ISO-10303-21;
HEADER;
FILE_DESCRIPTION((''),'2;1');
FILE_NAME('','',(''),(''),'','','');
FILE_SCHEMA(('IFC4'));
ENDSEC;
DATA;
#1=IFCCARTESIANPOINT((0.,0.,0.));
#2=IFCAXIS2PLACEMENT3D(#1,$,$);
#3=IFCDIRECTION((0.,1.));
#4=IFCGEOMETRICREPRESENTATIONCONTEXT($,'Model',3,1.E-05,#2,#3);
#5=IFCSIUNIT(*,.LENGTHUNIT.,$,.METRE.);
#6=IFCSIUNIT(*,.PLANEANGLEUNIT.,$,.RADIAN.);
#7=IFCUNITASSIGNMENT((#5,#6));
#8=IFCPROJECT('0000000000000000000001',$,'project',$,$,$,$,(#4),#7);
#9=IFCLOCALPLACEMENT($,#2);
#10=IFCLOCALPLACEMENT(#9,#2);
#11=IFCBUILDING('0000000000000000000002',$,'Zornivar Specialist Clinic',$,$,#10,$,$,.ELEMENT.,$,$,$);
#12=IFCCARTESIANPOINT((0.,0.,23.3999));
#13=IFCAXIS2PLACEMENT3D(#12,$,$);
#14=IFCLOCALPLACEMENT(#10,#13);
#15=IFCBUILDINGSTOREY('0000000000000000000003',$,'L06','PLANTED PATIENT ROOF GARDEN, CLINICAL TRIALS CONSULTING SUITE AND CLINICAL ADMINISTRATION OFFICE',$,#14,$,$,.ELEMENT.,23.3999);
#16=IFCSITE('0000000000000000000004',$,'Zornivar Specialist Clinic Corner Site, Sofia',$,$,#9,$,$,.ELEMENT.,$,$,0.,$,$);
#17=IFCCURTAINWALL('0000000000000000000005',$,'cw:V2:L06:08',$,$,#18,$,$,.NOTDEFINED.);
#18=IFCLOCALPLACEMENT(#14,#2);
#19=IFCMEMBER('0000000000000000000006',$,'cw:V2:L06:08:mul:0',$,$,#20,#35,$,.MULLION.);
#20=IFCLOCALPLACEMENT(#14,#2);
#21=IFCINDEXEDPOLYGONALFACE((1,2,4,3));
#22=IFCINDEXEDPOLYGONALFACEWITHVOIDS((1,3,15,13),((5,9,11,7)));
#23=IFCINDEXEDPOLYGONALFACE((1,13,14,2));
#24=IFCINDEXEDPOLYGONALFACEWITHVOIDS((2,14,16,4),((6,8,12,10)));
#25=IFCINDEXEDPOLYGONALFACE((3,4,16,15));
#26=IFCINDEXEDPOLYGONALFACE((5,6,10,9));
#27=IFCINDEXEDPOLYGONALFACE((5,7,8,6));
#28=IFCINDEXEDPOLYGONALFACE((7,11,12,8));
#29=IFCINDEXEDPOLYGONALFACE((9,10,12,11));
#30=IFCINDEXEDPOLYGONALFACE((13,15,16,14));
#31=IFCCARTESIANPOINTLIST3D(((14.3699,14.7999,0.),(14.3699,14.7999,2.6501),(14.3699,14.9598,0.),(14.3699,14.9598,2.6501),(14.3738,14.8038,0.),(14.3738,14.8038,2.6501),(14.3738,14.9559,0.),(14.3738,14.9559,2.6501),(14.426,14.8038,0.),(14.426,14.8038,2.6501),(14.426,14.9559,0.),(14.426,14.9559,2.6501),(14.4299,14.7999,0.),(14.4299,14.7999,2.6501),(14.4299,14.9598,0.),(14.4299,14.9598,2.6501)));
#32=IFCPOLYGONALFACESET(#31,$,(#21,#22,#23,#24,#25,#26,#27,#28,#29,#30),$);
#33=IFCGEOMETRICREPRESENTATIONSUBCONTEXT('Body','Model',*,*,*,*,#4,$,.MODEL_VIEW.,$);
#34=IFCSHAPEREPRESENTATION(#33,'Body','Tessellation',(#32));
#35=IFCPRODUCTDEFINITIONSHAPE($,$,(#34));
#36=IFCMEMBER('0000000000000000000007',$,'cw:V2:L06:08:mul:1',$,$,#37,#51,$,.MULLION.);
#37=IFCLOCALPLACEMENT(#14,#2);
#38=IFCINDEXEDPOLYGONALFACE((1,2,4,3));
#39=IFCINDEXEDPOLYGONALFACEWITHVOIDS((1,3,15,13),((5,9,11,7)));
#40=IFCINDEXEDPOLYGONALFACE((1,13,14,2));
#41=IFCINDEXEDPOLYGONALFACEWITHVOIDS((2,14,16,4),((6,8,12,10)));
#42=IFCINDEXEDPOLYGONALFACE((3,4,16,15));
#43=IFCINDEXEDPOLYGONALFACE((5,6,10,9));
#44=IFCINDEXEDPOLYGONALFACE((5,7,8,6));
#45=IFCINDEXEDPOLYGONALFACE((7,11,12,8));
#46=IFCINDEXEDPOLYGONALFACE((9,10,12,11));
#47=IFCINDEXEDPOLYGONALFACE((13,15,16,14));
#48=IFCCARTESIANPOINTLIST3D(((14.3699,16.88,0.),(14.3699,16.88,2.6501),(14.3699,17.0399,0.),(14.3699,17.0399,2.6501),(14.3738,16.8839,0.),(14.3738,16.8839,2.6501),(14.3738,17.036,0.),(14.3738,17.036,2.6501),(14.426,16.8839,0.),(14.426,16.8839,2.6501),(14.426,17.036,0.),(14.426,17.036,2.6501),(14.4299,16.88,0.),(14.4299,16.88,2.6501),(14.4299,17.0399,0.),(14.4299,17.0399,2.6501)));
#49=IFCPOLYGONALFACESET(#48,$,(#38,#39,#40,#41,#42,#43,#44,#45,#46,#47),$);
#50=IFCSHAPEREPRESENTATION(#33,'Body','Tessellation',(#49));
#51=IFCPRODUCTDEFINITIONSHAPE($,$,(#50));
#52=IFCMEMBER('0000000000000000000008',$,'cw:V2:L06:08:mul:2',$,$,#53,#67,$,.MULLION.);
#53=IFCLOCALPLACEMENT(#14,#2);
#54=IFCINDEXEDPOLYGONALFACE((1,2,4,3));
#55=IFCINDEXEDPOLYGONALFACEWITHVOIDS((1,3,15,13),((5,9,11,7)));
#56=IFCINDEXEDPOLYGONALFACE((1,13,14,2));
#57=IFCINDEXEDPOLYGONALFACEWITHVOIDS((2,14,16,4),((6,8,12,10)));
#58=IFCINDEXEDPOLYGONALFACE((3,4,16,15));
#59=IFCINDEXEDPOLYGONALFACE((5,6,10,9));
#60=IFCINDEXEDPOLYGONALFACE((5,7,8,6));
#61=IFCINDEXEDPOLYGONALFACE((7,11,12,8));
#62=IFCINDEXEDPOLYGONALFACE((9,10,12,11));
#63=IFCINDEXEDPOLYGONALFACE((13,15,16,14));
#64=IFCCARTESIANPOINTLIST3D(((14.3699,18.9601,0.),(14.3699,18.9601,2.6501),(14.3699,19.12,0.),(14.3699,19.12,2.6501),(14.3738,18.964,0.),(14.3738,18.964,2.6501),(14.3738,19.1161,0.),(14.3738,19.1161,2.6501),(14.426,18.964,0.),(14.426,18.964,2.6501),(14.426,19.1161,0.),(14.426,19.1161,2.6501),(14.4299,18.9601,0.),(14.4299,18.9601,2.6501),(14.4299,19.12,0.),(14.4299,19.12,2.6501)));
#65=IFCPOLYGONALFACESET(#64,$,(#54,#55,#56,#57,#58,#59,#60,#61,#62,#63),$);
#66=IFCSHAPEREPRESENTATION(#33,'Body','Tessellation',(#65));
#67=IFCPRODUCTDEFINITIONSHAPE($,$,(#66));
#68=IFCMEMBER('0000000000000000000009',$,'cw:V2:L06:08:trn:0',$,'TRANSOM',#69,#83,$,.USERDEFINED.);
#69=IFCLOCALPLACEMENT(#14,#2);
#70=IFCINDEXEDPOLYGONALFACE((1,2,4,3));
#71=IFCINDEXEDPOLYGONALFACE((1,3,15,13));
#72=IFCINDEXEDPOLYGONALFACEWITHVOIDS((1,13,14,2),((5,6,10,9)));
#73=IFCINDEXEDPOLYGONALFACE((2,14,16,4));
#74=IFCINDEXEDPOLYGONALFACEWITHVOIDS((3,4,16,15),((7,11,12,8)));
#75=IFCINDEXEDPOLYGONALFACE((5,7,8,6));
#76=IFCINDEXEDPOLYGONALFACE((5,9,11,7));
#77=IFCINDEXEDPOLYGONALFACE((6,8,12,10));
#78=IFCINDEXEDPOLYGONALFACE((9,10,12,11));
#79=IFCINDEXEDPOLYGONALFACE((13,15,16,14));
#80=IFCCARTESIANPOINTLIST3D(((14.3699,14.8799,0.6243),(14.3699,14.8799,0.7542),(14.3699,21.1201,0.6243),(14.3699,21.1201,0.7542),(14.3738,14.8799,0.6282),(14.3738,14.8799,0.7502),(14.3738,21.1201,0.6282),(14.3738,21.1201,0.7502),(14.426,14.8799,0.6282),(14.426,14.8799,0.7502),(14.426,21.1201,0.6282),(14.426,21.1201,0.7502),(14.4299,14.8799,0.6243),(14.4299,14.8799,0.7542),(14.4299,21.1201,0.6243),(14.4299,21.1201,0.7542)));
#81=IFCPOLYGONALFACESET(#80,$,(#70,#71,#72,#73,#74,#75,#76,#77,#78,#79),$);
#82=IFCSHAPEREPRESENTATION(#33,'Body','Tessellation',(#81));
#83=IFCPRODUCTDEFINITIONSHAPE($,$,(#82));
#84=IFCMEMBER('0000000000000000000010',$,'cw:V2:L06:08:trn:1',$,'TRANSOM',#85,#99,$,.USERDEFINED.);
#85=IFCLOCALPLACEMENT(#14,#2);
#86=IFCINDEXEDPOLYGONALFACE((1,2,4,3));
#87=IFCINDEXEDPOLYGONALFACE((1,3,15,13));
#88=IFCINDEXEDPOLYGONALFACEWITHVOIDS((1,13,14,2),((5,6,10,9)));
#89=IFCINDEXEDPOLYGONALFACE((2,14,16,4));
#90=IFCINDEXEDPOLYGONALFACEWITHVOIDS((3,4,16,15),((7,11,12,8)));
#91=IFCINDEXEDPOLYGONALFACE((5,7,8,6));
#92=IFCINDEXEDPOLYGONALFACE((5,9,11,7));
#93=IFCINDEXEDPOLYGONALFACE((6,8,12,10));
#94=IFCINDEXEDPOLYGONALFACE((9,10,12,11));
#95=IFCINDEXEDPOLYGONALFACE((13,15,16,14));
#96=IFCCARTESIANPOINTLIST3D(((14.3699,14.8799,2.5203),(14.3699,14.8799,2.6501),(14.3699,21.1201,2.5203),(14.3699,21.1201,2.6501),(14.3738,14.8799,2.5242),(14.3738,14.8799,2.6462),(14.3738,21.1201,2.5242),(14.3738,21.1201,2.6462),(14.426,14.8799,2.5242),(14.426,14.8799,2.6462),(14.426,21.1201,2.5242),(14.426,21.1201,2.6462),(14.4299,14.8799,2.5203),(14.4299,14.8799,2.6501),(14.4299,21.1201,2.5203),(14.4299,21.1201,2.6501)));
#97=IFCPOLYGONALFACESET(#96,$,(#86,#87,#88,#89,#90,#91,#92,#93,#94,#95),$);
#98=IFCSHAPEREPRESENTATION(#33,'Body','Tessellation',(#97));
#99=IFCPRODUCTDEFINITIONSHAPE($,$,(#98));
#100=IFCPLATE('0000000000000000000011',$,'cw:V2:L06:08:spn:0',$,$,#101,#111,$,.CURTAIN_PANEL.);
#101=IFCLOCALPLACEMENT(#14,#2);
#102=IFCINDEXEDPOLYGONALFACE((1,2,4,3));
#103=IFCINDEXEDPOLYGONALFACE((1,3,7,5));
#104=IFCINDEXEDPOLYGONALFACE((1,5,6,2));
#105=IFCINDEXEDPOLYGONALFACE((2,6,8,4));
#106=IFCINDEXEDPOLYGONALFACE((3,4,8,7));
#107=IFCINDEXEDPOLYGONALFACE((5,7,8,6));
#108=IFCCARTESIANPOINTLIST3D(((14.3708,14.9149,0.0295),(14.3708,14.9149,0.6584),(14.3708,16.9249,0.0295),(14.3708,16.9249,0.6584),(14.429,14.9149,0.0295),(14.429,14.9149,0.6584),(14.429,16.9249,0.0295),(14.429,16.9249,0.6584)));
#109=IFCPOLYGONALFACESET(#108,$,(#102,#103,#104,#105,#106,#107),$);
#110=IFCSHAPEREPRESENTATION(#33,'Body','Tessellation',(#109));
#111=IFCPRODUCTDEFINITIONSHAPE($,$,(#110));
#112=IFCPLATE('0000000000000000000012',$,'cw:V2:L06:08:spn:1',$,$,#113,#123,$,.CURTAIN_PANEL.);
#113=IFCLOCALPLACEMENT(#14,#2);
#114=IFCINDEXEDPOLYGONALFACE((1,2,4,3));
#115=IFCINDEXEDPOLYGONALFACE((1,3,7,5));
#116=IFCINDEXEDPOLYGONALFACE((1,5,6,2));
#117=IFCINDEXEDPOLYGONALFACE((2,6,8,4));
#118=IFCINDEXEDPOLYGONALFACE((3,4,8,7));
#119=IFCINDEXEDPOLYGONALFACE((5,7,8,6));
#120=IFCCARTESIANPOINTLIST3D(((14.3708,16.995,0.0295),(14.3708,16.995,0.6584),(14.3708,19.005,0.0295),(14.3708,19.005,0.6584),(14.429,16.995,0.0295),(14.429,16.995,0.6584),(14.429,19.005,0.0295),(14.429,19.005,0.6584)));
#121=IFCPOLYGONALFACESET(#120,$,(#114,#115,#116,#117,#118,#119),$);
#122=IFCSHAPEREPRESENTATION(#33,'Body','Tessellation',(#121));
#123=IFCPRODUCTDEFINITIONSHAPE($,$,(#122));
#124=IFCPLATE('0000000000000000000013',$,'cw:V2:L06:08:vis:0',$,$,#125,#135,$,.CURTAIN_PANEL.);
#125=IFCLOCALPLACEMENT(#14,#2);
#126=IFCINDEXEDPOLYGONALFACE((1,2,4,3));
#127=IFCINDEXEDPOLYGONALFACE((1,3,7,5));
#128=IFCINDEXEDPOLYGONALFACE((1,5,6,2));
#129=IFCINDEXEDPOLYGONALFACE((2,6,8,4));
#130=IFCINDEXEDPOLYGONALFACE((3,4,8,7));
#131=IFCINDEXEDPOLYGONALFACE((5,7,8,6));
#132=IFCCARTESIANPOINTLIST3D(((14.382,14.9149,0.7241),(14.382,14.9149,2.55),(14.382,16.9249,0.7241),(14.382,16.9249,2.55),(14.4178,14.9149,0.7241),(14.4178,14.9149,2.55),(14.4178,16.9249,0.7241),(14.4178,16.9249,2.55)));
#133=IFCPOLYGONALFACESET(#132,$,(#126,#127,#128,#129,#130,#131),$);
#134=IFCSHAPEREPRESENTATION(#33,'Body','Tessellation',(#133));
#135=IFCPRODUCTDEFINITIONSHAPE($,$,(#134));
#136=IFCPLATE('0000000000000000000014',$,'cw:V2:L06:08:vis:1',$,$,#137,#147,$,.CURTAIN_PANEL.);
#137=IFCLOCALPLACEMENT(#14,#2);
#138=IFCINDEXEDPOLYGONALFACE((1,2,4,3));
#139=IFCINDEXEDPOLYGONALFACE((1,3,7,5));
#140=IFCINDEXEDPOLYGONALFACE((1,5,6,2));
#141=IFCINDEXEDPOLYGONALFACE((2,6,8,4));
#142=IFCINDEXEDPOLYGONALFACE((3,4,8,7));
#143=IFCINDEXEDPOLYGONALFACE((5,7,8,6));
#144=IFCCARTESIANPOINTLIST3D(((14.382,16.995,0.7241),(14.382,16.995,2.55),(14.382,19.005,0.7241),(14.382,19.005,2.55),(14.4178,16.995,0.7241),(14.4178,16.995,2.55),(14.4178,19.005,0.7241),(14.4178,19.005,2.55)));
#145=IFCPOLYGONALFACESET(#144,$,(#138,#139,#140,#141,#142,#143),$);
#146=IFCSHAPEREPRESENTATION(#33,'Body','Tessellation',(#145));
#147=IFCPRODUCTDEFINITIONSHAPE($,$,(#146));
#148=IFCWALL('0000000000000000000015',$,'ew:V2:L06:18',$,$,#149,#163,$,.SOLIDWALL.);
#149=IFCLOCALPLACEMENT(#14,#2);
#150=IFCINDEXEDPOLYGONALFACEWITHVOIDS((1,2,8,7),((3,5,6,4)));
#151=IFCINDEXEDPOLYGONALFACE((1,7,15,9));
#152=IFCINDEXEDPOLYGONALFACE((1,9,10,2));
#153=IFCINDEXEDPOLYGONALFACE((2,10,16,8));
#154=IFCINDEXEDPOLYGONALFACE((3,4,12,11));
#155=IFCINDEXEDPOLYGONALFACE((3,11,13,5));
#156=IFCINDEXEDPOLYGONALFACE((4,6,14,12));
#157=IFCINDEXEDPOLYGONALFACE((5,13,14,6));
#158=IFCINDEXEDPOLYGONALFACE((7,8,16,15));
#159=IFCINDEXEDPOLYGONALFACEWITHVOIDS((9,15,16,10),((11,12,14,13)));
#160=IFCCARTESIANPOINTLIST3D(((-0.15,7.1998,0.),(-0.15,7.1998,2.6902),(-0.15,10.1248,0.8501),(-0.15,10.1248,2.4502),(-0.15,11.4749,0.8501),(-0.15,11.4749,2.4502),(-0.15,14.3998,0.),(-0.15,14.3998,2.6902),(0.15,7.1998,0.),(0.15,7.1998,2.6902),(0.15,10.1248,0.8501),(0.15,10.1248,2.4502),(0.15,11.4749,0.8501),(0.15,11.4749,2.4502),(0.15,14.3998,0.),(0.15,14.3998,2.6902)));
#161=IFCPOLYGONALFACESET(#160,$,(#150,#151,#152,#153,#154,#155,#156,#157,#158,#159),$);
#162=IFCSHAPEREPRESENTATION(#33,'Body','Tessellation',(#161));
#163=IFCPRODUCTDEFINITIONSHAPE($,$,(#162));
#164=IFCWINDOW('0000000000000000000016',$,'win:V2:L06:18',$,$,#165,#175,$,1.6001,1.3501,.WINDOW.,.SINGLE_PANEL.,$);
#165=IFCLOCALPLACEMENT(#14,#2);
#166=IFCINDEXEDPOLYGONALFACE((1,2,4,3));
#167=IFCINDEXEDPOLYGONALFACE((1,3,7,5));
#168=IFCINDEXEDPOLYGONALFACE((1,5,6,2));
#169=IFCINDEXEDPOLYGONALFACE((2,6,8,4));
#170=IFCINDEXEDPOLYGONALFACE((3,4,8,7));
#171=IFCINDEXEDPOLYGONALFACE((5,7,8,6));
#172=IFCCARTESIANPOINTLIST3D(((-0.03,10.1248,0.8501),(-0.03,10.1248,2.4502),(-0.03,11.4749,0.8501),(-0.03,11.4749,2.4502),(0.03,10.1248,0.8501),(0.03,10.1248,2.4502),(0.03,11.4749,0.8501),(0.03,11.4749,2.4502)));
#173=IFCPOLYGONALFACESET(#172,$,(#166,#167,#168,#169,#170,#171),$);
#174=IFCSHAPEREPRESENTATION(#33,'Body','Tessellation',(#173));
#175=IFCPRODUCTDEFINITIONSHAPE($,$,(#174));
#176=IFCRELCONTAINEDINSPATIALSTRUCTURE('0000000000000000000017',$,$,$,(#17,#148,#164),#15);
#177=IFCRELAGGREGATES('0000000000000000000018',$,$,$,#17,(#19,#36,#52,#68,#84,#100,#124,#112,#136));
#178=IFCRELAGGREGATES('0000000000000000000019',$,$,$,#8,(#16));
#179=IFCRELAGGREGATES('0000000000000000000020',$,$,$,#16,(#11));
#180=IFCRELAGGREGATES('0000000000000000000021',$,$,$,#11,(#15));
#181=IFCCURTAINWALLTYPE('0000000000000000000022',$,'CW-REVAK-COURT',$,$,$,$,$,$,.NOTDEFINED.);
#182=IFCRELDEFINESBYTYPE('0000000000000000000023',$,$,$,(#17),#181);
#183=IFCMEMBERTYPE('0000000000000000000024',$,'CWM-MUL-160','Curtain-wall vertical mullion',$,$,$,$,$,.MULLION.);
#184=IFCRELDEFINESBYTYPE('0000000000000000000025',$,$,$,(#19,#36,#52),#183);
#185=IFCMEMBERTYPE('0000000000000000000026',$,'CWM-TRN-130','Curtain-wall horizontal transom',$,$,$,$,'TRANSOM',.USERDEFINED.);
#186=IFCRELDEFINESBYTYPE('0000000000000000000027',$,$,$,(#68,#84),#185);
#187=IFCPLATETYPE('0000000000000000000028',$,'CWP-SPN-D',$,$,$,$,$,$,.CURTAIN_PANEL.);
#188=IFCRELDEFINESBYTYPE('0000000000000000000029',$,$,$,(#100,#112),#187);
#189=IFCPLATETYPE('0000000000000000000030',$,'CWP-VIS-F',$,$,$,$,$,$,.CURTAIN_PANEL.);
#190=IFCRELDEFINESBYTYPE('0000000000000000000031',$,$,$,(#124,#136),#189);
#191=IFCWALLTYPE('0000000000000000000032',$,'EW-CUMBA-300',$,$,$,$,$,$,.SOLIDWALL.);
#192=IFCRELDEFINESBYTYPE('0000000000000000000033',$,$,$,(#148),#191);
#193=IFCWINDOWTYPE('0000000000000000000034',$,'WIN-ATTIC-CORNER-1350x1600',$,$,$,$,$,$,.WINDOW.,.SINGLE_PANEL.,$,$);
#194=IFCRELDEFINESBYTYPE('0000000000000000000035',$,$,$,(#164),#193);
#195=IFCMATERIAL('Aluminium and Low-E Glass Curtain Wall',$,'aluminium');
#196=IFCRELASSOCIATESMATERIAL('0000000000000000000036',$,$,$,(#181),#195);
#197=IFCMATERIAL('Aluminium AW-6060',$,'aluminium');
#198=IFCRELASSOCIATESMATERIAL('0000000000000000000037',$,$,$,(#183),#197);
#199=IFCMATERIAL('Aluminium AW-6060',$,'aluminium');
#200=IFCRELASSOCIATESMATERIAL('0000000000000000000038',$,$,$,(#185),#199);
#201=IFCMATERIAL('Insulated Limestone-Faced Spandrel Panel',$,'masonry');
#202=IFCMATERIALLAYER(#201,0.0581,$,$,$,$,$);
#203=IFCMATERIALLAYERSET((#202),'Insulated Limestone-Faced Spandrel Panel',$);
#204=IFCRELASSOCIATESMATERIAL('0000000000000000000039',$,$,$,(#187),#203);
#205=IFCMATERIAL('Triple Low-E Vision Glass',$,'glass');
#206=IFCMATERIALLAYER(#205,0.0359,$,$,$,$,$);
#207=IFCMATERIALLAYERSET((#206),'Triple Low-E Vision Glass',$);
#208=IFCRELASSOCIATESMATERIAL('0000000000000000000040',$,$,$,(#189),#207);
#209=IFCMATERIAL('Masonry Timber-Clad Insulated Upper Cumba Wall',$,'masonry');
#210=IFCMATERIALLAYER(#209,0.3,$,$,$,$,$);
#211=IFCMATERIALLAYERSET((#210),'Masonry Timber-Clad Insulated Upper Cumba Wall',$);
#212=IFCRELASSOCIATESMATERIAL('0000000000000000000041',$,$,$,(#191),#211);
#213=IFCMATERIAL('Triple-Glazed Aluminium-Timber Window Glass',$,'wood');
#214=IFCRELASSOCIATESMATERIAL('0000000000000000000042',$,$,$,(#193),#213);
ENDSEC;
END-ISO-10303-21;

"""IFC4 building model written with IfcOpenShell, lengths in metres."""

from ifc_helpers import new_model, si_unit, direction, frame, frame_2d, origin, origin_2d, place, context, subcontext, project, spatial, rectangle, hollow_rectangle, extrude, material, layer, layer_set, material_profile, profile_set, type_object, element, fill, aggregate, save


model = new_model("IFC4")

# Units and contexts
model_context = context("Model", 3, precision=1e-05, world=origin(), true_north=direction((0.0, 1.0)))
body_context = subcontext(model_context, "Body", "Model", "MODEL_VIEW")
ifc_project = project(units=[si_unit("LENGTHUNIT", "METRE"), si_unit("PLANEANGLEUNIT", "RADIAN")], contexts=[model_context])

# Site, building, storey
site_placement = place(None, origin())
site = spatial("IfcSite", under=ifc_project, at=site_placement, Name="Zornivar Specialist Clinic Corner Site, Sofia", CompositionType="ELEMENT", RefElevation=0.0)
building_placement = place(site_placement, origin())
building = spatial("IfcBuilding", under=site, at=building_placement, Name="Zornivar Specialist Clinic", CompositionType="ELEMENT")
storey_placement = place(building_placement, frame((0.0, 0.0, 23.3999)))
storey = spatial("IfcBuildingStorey", under=building, at=storey_placement, Name="L06", Description="PLANTED PATIENT ROOF GARDEN, CLINICAL TRIALS CONSULTING SUITE AND CLINICAL ADMINISTRATION OFFICE", CompositionType="ELEMENT", Elevation=23.3999)

# Curtain wall, members, plates
ifc_material_1 = material(Name="Aluminium and Low-E Glass Curtain Wall", Category="aluminium")
curtain_wall_type = type_object("IfcCurtainWallType", Name="CW-REVAK-COURT", PredefinedType="NOTDEFINED", material=ifc_material_1)
curtain_wall_placement = place(storey_placement, origin())
curtain_wall = element("IfcCurtainWall", 1, at=curtain_wall_placement, inside=storey, type_object=curtain_wall_type, Name="cw:V2:L06:08", PredefinedType="NOTDEFINED")
ifc_material_2 = material(Name="Aluminium AW-6060", Category="aluminium")
ifc_material_profile_1 = material_profile(ifc_material_2, hollow_rectangle(XDim=0.0601, YDim=0.1599, WallThickness=0.0039, at=origin_2d()), Name="ALU 60x160x4")
ifc_profile_set_1 = profile_set([ifc_material_profile_1], Name="Aluminium AW-6060")
member_type_1 = type_object("IfcMemberType", Name="CWM-MUL-160", Description="Curtain-wall vertical mullion", PredefinedType="MULLION", material=ifc_profile_set_1)
member_1_placement = place(storey_placement, frame((14.3999, 14.8799, 0.0), z_axis=(0.0, 0.0, 1.0), x_axis=(1.0, 0.0, 0.0)))
member_1 = element("IfcMember", 2, at=member_1_placement, type_object=member_type_1, Name="cw:V2:L06:08:mul:0", PredefinedType="MULLION", context=body_context, shape_type="SweptSolid", body=[
    extrude(hollow_rectangle(XDim=0.0601, YDim=0.1599, WallThickness=0.0039, at=origin_2d()), origin(), (0.0, 0.0, 1.0), 2.6501),
])
member_2_placement = place(storey_placement, frame((14.3999, 16.96, 0.0), z_axis=(0.0, 0.0, 1.0), x_axis=(1.0, 0.0, 0.0)))
member_2 = element("IfcMember", 3, at=member_2_placement, type_object=member_type_1, Name="cw:V2:L06:08:mul:1", PredefinedType="MULLION", context=body_context, shape_type="SweptSolid", body=[
    extrude(hollow_rectangle(XDim=0.0601, YDim=0.1599, WallThickness=0.0039, at=origin_2d()), origin(), (0.0, 0.0, 1.0), 2.6501),
])
member_3_placement = place(storey_placement, frame((14.3999, 19.04, 0.0), z_axis=(0.0, 0.0, 1.0), x_axis=(1.0, 0.0, 0.0)))
member_3 = element("IfcMember", 4, at=member_3_placement, type_object=member_type_1, Name="cw:V2:L06:08:mul:2", PredefinedType="MULLION", context=body_context, shape_type="SweptSolid", body=[
    extrude(hollow_rectangle(XDim=0.0601, YDim=0.1599, WallThickness=0.0039, at=origin_2d()), origin(), (0.0, 0.0, 1.0), 2.6501),
])
ifc_material_3 = material(Name="Aluminium AW-6060", Category="aluminium")
ifc_material_profile_2 = material_profile(ifc_material_3, hollow_rectangle(XDim=0.0601, YDim=0.1299, WallThickness=0.0039, at=origin_2d()), Name="ALU 60x130x4")
ifc_profile_set_2 = profile_set([ifc_material_profile_2], Name="Aluminium AW-6060")
member_type_2 = type_object("IfcMemberType", Name="CWM-TRN-130", Description="Curtain-wall horizontal transom", ElementType="TRANSOM", PredefinedType="USERDEFINED", material=ifc_profile_set_2)
member_4_placement = place(storey_placement, frame((14.3999, 14.8799, 0.6892), z_axis=(0.0, 1.0, 0.0), x_axis=(-1.0, 0.0, 0.0)))
member_4 = element("IfcMember", 5, at=member_4_placement, type_object=member_type_2, Name="cw:V2:L06:08:trn:0", ObjectType="TRANSOM", PredefinedType="USERDEFINED", context=body_context, shape_type="SweptSolid", body=[
    extrude(hollow_rectangle(XDim=0.0601, YDim=0.1299, WallThickness=0.0039, at=origin_2d()), origin(), (0.0, 0.0, 1.0), 6.2402),
])
member_5_placement = place(storey_placement, frame((14.3999, 14.8799, 2.5852), z_axis=(0.0, 1.0, 0.0), x_axis=(-1.0, 0.0, 0.0)))
member_5 = element("IfcMember", 6, at=member_5_placement, type_object=member_type_2, Name="cw:V2:L06:08:trn:1", ObjectType="TRANSOM", PredefinedType="USERDEFINED", context=body_context, shape_type="SweptSolid", body=[
    extrude(hollow_rectangle(XDim=0.0601, YDim=0.1299, WallThickness=0.0039, at=origin_2d()), origin(), (0.0, 0.0, 1.0), 6.2402),
])
ifc_material_4 = material(Name="Insulated Limestone-Faced Spandrel Panel", Category="masonry")
ifc_layer_1 = layer(ifc_material_4, 0.0581)
ifc_layer_set_1 = layer_set([ifc_layer_1], Name="Insulated Limestone-Faced Spandrel Panel")
plate_type_1 = type_object("IfcPlateType", Name="CWP-SPN-D", PredefinedType="CURTAIN_PANEL", material=ifc_layer_set_1)
plate_1_placement = place(storey_placement, frame((14.3999, 15.9199, 0.0295), z_axis=(0.0, 0.0, 1.0), x_axis=(0.0, 1.0, 0.0)))
plate_1 = element("IfcPlate", 7, at=plate_1_placement, type_object=plate_type_1, Name="cw:V2:L06:08:spn:0", PredefinedType="CURTAIN_PANEL", context=body_context, shape_type="SweptSolid", body=[
    extrude(rectangle(XDim=2.01, YDim=0.0581, at=origin_2d()), origin(), (0.0, 0.0, 1.0), 0.6289),
])
plate_2_placement = place(storey_placement, frame((14.3999, 18.0, 0.0295), z_axis=(0.0, 0.0, 1.0), x_axis=(0.0, 1.0, 0.0)))
plate_2 = element("IfcPlate", 8, at=plate_2_placement, type_object=plate_type_1, Name="cw:V2:L06:08:spn:1", PredefinedType="CURTAIN_PANEL", context=body_context, shape_type="SweptSolid", body=[
    extrude(rectangle(XDim=2.01, YDim=0.0581, at=origin_2d()), origin(), (0.0, 0.0, 1.0), 0.6289),
])
ifc_material_5 = material(Name="Triple Low-E Vision Glass", Category="glass")
ifc_layer_2 = layer(ifc_material_5, 0.0359)
ifc_layer_set_2 = layer_set([ifc_layer_2], Name="Triple Low-E Vision Glass")
plate_type_2 = type_object("IfcPlateType", Name="CWP-VIS-F", PredefinedType="CURTAIN_PANEL", material=ifc_layer_set_2)
plate_3_placement = place(storey_placement, frame((14.3999, 15.9199, 0.7241), z_axis=(0.0, 0.0, 1.0), x_axis=(0.0, 1.0, 0.0)))
plate_3 = element("IfcPlate", 9, at=plate_3_placement, type_object=plate_type_2, Name="cw:V2:L06:08:vis:0", PredefinedType="CURTAIN_PANEL", context=body_context, shape_type="SweptSolid", body=[
    extrude(rectangle(XDim=2.01, YDim=0.0359, at=origin_2d()), origin(), (0.0, 0.0, 1.0), 1.8259),
])
plate_4_placement = place(storey_placement, frame((14.3999, 18.0, 0.7241), z_axis=(0.0, 0.0, 1.0), x_axis=(0.0, 1.0, 0.0)))
plate_4 = element("IfcPlate", 10, at=plate_4_placement, type_object=plate_type_2, Name="cw:V2:L06:08:vis:1", PredefinedType="CURTAIN_PANEL", context=body_context, shape_type="SweptSolid", body=[
    extrude(rectangle(XDim=2.01, YDim=0.0359, at=origin_2d()), origin(), (0.0, 0.0, 1.0), 1.8259),
])
aggregate(curtain_wall, [member_1, member_2, member_3, member_4, member_5, plate_1, plate_3, plate_2, plate_4])

# Wall, opening, window
ifc_material_6 = material(Name="Masonry Timber-Clad Insulated Upper Cumba Wall", Category="masonry")
ifc_layer_3 = layer(ifc_material_6, 0.3)
ifc_layer_set_3 = layer_set([ifc_layer_3], Name="Masonry Timber-Clad Insulated Upper Cumba Wall")
wall_type_1 = type_object("IfcWallType", Name="EW-CUMBA-300", PredefinedType="SOLIDWALL", material=ifc_layer_set_3)
wall_1_placement = place(storey_placement, frame((0.0, 14.3999, 0.0), z_axis=(0.0, 0.0, 1.0), x_axis=(0.0, -1.0, 0.0)))
wall_1 = element("IfcWall", 11, at=wall_1_placement, inside=storey, type_object=wall_type_1, Name="ew:V2:L06:18", PredefinedType="SOLIDWALL", context=body_context, shape_type="SweptSolid", body=[
    extrude(rectangle(XDim=7.2, YDim=0.3, at=frame_2d((3.6001, 0.0))), origin(), (0.0, 0.0, 1.0), 2.6902),
])
opening_1_placement = place(wall_1_placement, frame((2.925, 0.0, 0.8501)))
opening_1 = element("IfcOpeningElement", 12, at=opening_1_placement, cuts=wall_1, PredefinedType="OPENING", context=body_context, shape_type="SweptSolid", body=[
    extrude(rectangle(XDim=1.3501, YDim=1.6001, at=frame_2d((0.675, 0.8))), frame((0.0, 0.1599, 0.0), z_axis=(0.0, -1.0, 0.0), x_axis=(1.0, 0.0, 0.0)), (0.0, 0.0, 1.0), 0.3201),
])
ifc_material_7 = material(Name="Triple-Glazed Aluminium-Timber Window Glass", Category="wood")
window_type = type_object("IfcWindowType", Name="WIN-ATTIC-CORNER-1350x1600", PartitioningType="SINGLE_PANEL", PredefinedType="WINDOW", material=ifc_material_7)
window_placement = place(opening_1_placement, origin())
window = element("IfcWindow", 13, at=window_placement, inside=storey, type_object=window_type, Name="win:V2:L06:18", OverallHeight=1.6001, OverallWidth=1.3501, PartitioningType="SINGLE_PANEL", PredefinedType="WINDOW", context=body_context, shape_type="SweptSolid", body=[
    extrude(rectangle(XDim=1.3501, YDim=1.6001, at=frame_2d((0.675, 0.8))), frame((0.0, 0.03, 0.0), z_axis=(0.0, -1.0, 0.0), x_axis=(1.0, 0.0, 0.0)), (0.0, 0.0, 1.0), 0.0601),
])
fill(opening_1, window)

save(model, "model.ifc")
